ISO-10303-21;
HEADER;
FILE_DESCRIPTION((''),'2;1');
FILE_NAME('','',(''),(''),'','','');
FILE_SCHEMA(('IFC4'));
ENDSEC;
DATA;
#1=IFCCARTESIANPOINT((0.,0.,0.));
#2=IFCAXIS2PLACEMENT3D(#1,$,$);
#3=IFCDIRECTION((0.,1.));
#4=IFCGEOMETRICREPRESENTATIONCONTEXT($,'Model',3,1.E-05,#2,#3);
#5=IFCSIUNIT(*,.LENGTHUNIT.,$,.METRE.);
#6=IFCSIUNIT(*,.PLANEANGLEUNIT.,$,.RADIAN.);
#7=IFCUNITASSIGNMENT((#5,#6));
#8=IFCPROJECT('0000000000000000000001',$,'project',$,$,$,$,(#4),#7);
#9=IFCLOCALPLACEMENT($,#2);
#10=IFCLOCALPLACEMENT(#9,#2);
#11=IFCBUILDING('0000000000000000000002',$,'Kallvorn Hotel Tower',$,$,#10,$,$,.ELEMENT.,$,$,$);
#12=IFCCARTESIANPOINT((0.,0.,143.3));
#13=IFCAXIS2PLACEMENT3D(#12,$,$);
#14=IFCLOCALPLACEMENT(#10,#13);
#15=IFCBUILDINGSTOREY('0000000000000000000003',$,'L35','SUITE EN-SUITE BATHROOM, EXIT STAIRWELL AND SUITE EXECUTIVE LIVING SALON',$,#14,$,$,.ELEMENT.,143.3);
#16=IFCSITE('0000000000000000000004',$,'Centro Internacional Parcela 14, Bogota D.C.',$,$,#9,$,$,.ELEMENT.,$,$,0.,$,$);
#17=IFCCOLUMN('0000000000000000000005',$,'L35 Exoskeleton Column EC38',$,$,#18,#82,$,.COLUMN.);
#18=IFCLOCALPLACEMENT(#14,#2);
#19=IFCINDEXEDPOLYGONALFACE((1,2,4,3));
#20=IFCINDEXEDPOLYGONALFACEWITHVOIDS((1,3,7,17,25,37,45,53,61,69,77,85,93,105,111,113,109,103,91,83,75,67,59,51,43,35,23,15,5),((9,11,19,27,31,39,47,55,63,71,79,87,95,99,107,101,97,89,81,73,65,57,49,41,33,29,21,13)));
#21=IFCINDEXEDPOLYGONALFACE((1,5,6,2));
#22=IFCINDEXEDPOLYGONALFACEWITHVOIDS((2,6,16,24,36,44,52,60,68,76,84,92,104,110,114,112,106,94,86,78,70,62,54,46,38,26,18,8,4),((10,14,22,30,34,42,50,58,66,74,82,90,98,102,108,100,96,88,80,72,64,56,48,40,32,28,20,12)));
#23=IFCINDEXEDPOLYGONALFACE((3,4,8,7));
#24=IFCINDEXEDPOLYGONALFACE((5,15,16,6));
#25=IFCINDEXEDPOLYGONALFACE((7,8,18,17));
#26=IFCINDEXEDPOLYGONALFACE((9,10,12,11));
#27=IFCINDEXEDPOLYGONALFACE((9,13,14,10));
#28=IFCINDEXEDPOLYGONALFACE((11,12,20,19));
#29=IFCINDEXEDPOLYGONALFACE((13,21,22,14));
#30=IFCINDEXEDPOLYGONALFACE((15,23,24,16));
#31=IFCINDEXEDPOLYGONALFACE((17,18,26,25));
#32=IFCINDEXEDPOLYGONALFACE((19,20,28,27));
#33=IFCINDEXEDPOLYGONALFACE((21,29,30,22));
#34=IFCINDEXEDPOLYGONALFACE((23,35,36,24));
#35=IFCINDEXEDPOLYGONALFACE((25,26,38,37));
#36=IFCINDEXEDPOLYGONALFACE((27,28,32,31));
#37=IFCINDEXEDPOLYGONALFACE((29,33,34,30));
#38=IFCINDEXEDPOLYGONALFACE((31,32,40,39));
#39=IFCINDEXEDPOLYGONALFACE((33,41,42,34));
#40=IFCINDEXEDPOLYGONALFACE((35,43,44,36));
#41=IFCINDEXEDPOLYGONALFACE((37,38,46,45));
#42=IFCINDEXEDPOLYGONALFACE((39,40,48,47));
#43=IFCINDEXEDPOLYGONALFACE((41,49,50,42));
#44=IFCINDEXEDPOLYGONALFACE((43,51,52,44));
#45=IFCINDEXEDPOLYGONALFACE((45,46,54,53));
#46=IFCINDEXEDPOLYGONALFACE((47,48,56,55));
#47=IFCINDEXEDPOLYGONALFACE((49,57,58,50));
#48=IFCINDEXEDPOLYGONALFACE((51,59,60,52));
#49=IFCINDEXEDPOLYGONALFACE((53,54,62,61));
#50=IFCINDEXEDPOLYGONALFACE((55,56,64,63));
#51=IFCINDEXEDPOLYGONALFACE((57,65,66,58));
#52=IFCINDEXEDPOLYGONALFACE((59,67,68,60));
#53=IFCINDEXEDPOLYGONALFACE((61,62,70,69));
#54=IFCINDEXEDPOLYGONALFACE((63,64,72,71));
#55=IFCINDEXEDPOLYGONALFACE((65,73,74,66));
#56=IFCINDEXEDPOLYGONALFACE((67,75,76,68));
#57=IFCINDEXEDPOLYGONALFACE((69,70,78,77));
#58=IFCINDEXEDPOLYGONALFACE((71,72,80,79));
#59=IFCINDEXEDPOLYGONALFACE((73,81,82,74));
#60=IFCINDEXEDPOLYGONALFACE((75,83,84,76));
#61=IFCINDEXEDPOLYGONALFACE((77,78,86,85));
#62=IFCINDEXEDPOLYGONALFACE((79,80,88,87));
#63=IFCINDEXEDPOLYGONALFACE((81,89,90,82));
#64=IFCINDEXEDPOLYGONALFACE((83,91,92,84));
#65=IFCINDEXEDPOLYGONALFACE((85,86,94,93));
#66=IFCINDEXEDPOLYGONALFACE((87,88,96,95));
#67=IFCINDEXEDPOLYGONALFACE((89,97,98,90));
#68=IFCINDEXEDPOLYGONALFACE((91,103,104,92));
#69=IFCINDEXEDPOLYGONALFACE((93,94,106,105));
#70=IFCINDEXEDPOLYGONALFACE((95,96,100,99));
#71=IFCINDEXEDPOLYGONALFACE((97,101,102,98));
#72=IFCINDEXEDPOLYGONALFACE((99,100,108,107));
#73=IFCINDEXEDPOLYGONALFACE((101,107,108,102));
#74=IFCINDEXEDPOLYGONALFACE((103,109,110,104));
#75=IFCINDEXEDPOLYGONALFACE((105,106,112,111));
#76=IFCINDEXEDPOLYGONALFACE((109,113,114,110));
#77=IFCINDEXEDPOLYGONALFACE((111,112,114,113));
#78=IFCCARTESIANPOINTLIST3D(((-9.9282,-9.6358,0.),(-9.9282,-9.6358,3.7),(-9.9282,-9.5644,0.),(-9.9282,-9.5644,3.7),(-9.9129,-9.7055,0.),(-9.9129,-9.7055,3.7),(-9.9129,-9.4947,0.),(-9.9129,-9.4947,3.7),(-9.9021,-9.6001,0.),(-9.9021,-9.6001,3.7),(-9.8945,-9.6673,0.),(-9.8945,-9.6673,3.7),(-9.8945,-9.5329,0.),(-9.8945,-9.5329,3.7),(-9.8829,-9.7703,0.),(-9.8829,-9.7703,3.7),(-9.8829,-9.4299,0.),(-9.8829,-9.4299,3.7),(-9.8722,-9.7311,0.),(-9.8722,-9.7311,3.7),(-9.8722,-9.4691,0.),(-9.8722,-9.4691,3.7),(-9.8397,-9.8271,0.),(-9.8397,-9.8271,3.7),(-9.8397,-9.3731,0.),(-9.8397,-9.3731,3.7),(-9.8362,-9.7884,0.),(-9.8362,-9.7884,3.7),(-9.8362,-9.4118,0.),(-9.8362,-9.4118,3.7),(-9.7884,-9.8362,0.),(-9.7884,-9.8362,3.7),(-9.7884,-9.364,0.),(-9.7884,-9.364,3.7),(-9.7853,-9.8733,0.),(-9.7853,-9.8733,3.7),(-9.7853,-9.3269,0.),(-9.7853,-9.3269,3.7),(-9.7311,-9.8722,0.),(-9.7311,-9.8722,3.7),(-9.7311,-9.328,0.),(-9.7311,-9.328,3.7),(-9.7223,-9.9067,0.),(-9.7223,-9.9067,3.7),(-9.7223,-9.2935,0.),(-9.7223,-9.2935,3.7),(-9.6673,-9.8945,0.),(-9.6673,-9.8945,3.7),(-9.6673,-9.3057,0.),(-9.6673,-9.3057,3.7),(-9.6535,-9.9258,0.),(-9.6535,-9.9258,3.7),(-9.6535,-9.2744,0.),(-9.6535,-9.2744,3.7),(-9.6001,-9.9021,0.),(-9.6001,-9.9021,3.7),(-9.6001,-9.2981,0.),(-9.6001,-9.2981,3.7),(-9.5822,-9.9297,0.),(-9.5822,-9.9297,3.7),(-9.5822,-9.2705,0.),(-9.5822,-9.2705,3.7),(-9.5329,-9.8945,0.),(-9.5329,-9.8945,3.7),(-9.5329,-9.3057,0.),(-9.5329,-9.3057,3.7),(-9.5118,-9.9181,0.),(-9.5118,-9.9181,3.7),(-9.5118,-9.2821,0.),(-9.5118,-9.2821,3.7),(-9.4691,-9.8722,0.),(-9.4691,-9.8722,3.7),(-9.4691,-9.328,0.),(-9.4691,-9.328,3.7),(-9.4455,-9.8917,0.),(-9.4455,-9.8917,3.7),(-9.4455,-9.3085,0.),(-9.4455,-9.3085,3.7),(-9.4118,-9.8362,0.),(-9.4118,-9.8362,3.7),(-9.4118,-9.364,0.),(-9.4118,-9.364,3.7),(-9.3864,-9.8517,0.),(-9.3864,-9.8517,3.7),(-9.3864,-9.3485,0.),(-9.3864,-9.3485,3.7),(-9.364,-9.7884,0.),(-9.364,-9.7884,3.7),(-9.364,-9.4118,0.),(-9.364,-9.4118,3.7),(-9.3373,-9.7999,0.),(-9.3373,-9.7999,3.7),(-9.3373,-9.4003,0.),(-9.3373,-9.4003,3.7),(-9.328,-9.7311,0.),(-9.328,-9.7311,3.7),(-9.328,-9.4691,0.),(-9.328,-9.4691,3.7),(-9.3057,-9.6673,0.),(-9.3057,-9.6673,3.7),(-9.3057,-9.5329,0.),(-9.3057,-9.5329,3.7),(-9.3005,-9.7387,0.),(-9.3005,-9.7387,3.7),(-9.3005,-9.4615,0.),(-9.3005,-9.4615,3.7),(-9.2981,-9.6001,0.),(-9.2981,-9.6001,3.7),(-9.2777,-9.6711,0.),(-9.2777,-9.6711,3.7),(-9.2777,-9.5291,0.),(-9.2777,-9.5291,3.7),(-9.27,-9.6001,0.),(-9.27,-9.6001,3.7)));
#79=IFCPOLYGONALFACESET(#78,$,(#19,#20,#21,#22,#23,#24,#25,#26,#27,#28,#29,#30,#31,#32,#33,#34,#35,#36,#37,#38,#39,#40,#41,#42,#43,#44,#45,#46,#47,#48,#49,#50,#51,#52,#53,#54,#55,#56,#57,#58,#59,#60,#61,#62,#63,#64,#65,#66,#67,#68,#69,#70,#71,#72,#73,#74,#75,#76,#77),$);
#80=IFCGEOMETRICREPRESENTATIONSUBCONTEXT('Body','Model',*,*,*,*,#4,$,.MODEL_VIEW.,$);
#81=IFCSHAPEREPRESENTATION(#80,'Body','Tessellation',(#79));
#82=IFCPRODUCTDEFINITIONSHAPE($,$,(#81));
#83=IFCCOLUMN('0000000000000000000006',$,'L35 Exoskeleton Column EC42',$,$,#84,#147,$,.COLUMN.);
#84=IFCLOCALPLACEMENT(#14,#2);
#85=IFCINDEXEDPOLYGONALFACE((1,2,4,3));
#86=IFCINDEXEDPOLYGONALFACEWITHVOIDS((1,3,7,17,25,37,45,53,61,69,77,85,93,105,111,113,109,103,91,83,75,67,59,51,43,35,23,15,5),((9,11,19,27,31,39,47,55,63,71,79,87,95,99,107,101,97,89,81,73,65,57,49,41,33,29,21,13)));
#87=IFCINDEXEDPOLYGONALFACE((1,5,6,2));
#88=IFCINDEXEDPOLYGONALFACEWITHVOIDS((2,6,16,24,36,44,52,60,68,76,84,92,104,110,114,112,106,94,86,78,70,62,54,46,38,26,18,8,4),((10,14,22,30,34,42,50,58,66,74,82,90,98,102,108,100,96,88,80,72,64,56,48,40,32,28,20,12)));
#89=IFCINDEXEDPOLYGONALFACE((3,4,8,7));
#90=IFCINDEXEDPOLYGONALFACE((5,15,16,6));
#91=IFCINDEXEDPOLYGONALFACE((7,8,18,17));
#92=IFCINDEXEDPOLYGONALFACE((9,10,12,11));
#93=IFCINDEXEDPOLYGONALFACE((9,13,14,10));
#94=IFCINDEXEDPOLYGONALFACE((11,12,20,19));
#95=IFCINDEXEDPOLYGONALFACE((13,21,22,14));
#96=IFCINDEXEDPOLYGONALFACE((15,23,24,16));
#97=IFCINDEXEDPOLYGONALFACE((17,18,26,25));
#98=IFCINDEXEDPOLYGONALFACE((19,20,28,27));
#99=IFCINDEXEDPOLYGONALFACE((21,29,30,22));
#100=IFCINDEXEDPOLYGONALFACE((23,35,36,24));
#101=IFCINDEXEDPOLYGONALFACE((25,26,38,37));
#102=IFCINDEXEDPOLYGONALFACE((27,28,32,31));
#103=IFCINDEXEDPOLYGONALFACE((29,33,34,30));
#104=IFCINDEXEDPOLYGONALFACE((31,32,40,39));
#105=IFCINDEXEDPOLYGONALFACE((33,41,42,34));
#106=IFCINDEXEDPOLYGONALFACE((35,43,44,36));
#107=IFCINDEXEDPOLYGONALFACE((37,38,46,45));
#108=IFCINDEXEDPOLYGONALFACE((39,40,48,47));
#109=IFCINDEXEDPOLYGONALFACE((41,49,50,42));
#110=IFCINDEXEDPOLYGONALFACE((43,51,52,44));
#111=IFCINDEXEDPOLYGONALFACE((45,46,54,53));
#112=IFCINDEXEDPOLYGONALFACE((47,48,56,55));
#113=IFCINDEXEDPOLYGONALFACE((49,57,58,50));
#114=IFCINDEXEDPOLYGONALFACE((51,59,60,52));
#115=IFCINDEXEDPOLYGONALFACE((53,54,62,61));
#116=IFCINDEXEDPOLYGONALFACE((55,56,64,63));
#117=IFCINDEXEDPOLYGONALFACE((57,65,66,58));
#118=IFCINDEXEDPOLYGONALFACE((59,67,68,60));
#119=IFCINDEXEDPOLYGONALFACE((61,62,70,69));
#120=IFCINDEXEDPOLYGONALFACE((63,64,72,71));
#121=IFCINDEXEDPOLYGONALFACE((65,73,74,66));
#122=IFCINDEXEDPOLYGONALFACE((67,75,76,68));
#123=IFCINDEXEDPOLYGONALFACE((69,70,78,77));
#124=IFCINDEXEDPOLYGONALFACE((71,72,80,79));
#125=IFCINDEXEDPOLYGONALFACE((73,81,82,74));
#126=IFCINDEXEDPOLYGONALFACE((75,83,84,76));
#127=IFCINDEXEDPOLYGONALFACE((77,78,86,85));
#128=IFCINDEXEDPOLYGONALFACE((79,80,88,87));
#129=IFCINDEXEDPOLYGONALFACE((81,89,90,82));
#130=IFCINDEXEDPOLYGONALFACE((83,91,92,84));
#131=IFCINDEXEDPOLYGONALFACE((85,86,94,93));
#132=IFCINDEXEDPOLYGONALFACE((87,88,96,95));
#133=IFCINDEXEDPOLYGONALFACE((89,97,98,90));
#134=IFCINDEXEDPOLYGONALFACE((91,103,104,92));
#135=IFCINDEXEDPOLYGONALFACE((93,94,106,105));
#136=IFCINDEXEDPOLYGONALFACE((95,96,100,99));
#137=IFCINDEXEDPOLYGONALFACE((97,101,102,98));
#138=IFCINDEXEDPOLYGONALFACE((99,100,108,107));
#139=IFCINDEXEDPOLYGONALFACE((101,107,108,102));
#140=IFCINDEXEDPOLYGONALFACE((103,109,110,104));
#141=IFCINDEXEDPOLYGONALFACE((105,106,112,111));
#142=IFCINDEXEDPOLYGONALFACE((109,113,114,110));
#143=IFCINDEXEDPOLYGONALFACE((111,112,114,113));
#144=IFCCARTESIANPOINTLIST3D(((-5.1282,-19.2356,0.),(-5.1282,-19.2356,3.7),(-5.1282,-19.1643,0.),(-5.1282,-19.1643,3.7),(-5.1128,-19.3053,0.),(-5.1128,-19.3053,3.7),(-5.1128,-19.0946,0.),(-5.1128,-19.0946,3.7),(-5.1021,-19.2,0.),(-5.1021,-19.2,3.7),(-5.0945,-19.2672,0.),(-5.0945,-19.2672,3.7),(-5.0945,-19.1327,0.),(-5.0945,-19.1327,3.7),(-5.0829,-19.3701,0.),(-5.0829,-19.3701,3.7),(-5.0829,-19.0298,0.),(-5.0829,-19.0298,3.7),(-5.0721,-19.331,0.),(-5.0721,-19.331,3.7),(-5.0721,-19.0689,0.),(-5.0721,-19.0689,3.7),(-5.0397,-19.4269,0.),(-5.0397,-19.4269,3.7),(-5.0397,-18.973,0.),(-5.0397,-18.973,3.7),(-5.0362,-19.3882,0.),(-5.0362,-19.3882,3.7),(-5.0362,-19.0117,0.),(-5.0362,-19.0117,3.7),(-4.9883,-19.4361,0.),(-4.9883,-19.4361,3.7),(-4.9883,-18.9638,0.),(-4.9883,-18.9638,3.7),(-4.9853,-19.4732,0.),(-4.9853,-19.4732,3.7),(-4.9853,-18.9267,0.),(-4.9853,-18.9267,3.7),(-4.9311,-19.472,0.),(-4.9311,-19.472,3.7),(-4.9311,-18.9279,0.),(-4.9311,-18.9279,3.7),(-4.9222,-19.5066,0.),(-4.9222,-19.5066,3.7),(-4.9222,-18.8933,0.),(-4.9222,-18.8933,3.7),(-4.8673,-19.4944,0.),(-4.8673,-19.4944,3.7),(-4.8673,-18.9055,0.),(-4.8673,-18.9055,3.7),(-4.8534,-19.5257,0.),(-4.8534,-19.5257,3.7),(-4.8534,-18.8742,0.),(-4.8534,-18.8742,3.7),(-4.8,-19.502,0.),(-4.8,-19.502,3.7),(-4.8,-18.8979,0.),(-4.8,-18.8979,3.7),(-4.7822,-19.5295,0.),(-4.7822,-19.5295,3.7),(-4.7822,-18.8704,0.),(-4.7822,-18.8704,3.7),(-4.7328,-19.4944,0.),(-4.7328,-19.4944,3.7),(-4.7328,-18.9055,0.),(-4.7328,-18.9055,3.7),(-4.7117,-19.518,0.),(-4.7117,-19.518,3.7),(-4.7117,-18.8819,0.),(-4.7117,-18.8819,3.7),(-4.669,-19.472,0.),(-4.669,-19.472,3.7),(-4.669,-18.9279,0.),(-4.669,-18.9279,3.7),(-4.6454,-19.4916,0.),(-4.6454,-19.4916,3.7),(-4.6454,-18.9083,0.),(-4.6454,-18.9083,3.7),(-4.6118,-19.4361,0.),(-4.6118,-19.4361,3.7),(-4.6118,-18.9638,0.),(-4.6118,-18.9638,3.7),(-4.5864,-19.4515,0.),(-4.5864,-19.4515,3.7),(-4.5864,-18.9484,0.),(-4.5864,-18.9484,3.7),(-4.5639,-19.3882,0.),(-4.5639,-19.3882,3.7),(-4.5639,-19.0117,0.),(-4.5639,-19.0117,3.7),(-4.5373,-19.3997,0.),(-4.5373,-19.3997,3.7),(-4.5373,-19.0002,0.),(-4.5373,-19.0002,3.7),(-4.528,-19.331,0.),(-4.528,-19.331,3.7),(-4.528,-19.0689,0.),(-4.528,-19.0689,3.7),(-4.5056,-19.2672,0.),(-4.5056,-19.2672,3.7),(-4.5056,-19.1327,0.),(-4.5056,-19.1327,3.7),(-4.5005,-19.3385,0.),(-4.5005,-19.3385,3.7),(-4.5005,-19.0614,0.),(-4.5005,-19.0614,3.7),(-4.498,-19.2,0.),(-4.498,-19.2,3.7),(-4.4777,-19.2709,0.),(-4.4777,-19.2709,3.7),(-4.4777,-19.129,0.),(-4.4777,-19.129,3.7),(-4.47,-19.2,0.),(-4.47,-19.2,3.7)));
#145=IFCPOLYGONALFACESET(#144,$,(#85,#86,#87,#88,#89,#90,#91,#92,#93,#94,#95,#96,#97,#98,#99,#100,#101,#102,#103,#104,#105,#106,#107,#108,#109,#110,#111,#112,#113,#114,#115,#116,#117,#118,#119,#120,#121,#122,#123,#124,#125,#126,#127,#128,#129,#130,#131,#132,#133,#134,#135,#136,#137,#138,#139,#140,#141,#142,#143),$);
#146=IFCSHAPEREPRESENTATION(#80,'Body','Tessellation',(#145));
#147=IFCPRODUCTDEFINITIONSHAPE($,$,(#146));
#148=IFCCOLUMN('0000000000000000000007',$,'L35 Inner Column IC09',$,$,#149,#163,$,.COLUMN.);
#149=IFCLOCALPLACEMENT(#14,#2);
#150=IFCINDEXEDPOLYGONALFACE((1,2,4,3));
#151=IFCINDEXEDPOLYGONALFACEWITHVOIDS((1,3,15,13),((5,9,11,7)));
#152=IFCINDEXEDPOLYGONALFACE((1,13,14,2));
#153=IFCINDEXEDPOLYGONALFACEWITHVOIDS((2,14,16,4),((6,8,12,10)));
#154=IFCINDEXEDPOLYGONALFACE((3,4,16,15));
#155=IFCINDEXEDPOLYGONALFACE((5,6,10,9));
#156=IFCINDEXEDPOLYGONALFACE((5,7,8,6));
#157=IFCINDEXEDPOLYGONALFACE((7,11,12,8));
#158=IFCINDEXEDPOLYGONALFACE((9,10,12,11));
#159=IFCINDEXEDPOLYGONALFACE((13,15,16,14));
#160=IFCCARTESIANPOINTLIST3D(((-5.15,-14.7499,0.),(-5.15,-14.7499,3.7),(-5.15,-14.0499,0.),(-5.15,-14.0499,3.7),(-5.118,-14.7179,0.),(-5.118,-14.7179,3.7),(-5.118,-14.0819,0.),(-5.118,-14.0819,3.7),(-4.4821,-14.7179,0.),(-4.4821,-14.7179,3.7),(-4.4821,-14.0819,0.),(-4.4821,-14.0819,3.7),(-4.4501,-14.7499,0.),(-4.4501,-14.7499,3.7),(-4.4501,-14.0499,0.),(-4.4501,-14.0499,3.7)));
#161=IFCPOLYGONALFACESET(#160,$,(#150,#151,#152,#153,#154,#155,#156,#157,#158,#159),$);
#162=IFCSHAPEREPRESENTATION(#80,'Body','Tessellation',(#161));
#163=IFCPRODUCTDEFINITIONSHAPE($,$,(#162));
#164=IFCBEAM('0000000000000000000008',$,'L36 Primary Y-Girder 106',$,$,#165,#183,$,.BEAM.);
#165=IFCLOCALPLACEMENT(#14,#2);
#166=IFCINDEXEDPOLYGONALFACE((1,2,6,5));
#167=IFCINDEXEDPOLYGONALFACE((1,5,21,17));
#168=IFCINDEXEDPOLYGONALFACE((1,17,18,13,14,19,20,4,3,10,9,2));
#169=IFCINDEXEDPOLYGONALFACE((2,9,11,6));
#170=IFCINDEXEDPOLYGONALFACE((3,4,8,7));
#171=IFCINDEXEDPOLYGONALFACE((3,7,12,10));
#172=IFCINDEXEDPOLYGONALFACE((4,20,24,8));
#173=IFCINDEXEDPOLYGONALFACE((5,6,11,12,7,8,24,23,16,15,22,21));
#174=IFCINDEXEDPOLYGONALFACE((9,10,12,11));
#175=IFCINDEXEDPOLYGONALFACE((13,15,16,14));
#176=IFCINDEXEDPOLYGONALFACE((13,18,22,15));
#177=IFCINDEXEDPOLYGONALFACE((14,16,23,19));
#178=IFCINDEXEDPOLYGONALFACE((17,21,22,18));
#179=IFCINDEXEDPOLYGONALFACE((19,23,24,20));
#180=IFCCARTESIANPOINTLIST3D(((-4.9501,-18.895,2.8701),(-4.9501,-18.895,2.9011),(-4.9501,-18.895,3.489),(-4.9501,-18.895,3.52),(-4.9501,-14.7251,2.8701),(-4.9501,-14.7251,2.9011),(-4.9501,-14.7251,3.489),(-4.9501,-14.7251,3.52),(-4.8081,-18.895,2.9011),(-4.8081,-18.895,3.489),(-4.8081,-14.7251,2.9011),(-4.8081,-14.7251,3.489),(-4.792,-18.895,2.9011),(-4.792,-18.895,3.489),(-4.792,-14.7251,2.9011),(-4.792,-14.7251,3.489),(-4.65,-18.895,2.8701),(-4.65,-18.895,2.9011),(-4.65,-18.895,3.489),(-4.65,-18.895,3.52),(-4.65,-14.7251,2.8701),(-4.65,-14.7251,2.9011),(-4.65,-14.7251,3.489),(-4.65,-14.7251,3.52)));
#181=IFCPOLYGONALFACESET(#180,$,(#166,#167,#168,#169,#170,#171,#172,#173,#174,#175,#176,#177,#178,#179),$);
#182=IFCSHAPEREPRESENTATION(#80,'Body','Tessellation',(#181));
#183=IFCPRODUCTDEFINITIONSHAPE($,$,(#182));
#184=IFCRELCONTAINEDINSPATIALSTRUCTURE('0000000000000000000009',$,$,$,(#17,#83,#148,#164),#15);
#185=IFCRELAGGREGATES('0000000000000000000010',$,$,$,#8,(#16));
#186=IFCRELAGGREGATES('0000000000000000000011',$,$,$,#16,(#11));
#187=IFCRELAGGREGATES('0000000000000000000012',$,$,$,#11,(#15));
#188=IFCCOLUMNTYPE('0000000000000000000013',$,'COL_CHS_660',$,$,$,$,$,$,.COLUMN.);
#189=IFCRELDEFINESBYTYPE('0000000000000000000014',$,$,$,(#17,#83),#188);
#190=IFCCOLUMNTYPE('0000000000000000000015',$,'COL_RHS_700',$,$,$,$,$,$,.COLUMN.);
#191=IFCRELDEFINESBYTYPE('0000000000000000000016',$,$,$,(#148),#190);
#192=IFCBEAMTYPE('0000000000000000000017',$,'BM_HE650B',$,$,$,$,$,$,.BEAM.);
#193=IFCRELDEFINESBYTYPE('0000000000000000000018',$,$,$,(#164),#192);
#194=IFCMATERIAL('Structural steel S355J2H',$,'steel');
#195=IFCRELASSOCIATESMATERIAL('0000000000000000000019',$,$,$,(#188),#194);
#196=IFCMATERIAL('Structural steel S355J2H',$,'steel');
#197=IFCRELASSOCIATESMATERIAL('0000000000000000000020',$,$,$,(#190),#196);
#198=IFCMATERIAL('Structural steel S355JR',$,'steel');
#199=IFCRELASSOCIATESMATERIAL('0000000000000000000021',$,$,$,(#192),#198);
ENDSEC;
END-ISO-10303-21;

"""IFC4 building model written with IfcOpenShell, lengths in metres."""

from ifc_helpers import new_model, si_unit, direction, frame, origin, origin_2d, place, context, subcontext, project, spatial, hollow_rectangle, hollow_circle, i_section, extrude, material, material_profile, profile_set, type_object, element, save


model = new_model("IFC4")

# Units and contexts
model_context = context("Model", 3, precision=1e-05, world=origin(), true_north=direction((0.0, 1.0)))
body_context = subcontext(model_context, "Body", "Model", "MODEL_VIEW")
ifc_project = project(units=[si_unit("LENGTHUNIT", "METRE"), si_unit("PLANEANGLEUNIT", "RADIAN")], contexts=[model_context])

# Site, building, storey
site_placement = place(None, origin())
site = spatial("IfcSite", under=ifc_project, at=site_placement, Name="Centro Internacional Parcela 14, Bogota D.C.", CompositionType="ELEMENT", RefElevation=0.0)
building_placement = place(site_placement, origin())
building = spatial("IfcBuilding", under=site, at=building_placement, Name="Kallvorn Hotel Tower", CompositionType="ELEMENT")
storey_placement = place(building_placement, frame((0.0, 0.0, 143.3)))
storey = spatial("IfcBuildingStorey", under=building, at=storey_placement, Name="L35", Description="SUITE EN-SUITE BATHROOM, EXIT STAIRWELL AND SUITE EXECUTIVE LIVING SALON", CompositionType="ELEMENT", Elevation=143.3)

# Columns
ifc_material_1 = material(Name="Structural steel S355J2H", Category="steel")
ifc_material_profile_1 = material_profile(ifc_material_1, hollow_circle(Radius=0.3301, WallThickness=0.0281, at=origin_2d()), Name="CHS 660x28")
ifc_profile_set_1 = profile_set([ifc_material_profile_1], Name="Structural steel S355J2H")
column_type_1 = type_object("IfcColumnType", Name="COL_CHS_660", PredefinedType="COLUMN", material=ifc_profile_set_1)
for number, where, z_axis, x_axis, name in (
    (1, (-9.6001, -9.6001, 0.0), (0.0, 0.0, 1.0), (1.0, 0.0, 0.0), "L35 Exoskeleton Column EC38"),
    (2, (-4.8, -19.2, 0.0), (0.0, 0.0, 1.0), (1.0, 0.0, 0.0), "L35 Exoskeleton Column EC42"),
):
    element("IfcColumn", number, at=place(storey_placement, frame(where, z_axis=z_axis, x_axis=x_axis)), inside=storey, type_object=column_type_1, Name=name, PredefinedType="COLUMN", context=body_context, shape_type="SweptSolid", body=[
        extrude(hollow_circle(Radius=0.3301, WallThickness=0.0281, at=origin_2d()), origin(), (0.0, 0.0, 1.0), 3.7),
    ])
ifc_material_2 = material(Name="Structural steel S355J2H", Category="steel")
ifc_material_profile_2 = material_profile(ifc_material_2, hollow_rectangle(XDim=0.7, YDim=0.7, WallThickness=0.032, at=origin_2d()), Name="RHS 700x700x32")
ifc_profile_set_2 = profile_set([ifc_material_profile_2], Name="Structural steel S355J2H")
column_type_2 = type_object("IfcColumnType", Name="COL_RHS_700", PredefinedType="COLUMN", material=ifc_profile_set_2)
column_placement = place(storey_placement, frame((-4.8, -14.3999, 0.0), z_axis=(0.0, 0.0, 1.0), x_axis=(1.0, 0.0, 0.0)))
element("IfcColumn", 3, at=column_placement, inside=storey, type_object=column_type_2, Name="L35 Inner Column IC09", PredefinedType="COLUMN", context=body_context, shape_type="SweptSolid", body=[
    extrude(hollow_rectangle(XDim=0.7, YDim=0.7, WallThickness=0.032, at=origin_2d()), origin(), (0.0, 0.0, 1.0), 3.7),
])

# Beam
ifc_material_3 = material(Name="Structural steel S355JR", Category="steel")
ifc_material_profile_3 = material_profile(ifc_material_3, i_section(OverallWidth=0.3, OverallDepth=0.6499, WebThickness=0.0161, FlangeThickness=0.031, at=origin_2d()), Name="HE 650 B")
ifc_profile_set_3 = profile_set([ifc_material_profile_3], Name="Structural steel S355JR")
beam_type_1 = type_object("IfcBeamType", Name="BM_HE650B", PredefinedType="BEAM", material=ifc_profile_set_3)
beam_1_placement = place(storey_placement, frame((-4.8, -18.895, 3.1951), z_axis=(0.0, 1.0, 0.0), x_axis=(-1.0, 0.0, 0.0)))
element("IfcBeam", 4, at=beam_1_placement, inside=storey, type_object=beam_type_1, Name="L36 Primary Y-Girder 106", PredefinedType="BEAM", context=body_context, shape_type="SweptSolid", body=[
    extrude(i_section(OverallWidth=0.3, OverallDepth=0.6499, WebThickness=0.0161, FlangeThickness=0.031, at=origin_2d()), origin(), (0.0, 0.0, 1.0), 4.1699),
])

save(model, "model.ifc")
